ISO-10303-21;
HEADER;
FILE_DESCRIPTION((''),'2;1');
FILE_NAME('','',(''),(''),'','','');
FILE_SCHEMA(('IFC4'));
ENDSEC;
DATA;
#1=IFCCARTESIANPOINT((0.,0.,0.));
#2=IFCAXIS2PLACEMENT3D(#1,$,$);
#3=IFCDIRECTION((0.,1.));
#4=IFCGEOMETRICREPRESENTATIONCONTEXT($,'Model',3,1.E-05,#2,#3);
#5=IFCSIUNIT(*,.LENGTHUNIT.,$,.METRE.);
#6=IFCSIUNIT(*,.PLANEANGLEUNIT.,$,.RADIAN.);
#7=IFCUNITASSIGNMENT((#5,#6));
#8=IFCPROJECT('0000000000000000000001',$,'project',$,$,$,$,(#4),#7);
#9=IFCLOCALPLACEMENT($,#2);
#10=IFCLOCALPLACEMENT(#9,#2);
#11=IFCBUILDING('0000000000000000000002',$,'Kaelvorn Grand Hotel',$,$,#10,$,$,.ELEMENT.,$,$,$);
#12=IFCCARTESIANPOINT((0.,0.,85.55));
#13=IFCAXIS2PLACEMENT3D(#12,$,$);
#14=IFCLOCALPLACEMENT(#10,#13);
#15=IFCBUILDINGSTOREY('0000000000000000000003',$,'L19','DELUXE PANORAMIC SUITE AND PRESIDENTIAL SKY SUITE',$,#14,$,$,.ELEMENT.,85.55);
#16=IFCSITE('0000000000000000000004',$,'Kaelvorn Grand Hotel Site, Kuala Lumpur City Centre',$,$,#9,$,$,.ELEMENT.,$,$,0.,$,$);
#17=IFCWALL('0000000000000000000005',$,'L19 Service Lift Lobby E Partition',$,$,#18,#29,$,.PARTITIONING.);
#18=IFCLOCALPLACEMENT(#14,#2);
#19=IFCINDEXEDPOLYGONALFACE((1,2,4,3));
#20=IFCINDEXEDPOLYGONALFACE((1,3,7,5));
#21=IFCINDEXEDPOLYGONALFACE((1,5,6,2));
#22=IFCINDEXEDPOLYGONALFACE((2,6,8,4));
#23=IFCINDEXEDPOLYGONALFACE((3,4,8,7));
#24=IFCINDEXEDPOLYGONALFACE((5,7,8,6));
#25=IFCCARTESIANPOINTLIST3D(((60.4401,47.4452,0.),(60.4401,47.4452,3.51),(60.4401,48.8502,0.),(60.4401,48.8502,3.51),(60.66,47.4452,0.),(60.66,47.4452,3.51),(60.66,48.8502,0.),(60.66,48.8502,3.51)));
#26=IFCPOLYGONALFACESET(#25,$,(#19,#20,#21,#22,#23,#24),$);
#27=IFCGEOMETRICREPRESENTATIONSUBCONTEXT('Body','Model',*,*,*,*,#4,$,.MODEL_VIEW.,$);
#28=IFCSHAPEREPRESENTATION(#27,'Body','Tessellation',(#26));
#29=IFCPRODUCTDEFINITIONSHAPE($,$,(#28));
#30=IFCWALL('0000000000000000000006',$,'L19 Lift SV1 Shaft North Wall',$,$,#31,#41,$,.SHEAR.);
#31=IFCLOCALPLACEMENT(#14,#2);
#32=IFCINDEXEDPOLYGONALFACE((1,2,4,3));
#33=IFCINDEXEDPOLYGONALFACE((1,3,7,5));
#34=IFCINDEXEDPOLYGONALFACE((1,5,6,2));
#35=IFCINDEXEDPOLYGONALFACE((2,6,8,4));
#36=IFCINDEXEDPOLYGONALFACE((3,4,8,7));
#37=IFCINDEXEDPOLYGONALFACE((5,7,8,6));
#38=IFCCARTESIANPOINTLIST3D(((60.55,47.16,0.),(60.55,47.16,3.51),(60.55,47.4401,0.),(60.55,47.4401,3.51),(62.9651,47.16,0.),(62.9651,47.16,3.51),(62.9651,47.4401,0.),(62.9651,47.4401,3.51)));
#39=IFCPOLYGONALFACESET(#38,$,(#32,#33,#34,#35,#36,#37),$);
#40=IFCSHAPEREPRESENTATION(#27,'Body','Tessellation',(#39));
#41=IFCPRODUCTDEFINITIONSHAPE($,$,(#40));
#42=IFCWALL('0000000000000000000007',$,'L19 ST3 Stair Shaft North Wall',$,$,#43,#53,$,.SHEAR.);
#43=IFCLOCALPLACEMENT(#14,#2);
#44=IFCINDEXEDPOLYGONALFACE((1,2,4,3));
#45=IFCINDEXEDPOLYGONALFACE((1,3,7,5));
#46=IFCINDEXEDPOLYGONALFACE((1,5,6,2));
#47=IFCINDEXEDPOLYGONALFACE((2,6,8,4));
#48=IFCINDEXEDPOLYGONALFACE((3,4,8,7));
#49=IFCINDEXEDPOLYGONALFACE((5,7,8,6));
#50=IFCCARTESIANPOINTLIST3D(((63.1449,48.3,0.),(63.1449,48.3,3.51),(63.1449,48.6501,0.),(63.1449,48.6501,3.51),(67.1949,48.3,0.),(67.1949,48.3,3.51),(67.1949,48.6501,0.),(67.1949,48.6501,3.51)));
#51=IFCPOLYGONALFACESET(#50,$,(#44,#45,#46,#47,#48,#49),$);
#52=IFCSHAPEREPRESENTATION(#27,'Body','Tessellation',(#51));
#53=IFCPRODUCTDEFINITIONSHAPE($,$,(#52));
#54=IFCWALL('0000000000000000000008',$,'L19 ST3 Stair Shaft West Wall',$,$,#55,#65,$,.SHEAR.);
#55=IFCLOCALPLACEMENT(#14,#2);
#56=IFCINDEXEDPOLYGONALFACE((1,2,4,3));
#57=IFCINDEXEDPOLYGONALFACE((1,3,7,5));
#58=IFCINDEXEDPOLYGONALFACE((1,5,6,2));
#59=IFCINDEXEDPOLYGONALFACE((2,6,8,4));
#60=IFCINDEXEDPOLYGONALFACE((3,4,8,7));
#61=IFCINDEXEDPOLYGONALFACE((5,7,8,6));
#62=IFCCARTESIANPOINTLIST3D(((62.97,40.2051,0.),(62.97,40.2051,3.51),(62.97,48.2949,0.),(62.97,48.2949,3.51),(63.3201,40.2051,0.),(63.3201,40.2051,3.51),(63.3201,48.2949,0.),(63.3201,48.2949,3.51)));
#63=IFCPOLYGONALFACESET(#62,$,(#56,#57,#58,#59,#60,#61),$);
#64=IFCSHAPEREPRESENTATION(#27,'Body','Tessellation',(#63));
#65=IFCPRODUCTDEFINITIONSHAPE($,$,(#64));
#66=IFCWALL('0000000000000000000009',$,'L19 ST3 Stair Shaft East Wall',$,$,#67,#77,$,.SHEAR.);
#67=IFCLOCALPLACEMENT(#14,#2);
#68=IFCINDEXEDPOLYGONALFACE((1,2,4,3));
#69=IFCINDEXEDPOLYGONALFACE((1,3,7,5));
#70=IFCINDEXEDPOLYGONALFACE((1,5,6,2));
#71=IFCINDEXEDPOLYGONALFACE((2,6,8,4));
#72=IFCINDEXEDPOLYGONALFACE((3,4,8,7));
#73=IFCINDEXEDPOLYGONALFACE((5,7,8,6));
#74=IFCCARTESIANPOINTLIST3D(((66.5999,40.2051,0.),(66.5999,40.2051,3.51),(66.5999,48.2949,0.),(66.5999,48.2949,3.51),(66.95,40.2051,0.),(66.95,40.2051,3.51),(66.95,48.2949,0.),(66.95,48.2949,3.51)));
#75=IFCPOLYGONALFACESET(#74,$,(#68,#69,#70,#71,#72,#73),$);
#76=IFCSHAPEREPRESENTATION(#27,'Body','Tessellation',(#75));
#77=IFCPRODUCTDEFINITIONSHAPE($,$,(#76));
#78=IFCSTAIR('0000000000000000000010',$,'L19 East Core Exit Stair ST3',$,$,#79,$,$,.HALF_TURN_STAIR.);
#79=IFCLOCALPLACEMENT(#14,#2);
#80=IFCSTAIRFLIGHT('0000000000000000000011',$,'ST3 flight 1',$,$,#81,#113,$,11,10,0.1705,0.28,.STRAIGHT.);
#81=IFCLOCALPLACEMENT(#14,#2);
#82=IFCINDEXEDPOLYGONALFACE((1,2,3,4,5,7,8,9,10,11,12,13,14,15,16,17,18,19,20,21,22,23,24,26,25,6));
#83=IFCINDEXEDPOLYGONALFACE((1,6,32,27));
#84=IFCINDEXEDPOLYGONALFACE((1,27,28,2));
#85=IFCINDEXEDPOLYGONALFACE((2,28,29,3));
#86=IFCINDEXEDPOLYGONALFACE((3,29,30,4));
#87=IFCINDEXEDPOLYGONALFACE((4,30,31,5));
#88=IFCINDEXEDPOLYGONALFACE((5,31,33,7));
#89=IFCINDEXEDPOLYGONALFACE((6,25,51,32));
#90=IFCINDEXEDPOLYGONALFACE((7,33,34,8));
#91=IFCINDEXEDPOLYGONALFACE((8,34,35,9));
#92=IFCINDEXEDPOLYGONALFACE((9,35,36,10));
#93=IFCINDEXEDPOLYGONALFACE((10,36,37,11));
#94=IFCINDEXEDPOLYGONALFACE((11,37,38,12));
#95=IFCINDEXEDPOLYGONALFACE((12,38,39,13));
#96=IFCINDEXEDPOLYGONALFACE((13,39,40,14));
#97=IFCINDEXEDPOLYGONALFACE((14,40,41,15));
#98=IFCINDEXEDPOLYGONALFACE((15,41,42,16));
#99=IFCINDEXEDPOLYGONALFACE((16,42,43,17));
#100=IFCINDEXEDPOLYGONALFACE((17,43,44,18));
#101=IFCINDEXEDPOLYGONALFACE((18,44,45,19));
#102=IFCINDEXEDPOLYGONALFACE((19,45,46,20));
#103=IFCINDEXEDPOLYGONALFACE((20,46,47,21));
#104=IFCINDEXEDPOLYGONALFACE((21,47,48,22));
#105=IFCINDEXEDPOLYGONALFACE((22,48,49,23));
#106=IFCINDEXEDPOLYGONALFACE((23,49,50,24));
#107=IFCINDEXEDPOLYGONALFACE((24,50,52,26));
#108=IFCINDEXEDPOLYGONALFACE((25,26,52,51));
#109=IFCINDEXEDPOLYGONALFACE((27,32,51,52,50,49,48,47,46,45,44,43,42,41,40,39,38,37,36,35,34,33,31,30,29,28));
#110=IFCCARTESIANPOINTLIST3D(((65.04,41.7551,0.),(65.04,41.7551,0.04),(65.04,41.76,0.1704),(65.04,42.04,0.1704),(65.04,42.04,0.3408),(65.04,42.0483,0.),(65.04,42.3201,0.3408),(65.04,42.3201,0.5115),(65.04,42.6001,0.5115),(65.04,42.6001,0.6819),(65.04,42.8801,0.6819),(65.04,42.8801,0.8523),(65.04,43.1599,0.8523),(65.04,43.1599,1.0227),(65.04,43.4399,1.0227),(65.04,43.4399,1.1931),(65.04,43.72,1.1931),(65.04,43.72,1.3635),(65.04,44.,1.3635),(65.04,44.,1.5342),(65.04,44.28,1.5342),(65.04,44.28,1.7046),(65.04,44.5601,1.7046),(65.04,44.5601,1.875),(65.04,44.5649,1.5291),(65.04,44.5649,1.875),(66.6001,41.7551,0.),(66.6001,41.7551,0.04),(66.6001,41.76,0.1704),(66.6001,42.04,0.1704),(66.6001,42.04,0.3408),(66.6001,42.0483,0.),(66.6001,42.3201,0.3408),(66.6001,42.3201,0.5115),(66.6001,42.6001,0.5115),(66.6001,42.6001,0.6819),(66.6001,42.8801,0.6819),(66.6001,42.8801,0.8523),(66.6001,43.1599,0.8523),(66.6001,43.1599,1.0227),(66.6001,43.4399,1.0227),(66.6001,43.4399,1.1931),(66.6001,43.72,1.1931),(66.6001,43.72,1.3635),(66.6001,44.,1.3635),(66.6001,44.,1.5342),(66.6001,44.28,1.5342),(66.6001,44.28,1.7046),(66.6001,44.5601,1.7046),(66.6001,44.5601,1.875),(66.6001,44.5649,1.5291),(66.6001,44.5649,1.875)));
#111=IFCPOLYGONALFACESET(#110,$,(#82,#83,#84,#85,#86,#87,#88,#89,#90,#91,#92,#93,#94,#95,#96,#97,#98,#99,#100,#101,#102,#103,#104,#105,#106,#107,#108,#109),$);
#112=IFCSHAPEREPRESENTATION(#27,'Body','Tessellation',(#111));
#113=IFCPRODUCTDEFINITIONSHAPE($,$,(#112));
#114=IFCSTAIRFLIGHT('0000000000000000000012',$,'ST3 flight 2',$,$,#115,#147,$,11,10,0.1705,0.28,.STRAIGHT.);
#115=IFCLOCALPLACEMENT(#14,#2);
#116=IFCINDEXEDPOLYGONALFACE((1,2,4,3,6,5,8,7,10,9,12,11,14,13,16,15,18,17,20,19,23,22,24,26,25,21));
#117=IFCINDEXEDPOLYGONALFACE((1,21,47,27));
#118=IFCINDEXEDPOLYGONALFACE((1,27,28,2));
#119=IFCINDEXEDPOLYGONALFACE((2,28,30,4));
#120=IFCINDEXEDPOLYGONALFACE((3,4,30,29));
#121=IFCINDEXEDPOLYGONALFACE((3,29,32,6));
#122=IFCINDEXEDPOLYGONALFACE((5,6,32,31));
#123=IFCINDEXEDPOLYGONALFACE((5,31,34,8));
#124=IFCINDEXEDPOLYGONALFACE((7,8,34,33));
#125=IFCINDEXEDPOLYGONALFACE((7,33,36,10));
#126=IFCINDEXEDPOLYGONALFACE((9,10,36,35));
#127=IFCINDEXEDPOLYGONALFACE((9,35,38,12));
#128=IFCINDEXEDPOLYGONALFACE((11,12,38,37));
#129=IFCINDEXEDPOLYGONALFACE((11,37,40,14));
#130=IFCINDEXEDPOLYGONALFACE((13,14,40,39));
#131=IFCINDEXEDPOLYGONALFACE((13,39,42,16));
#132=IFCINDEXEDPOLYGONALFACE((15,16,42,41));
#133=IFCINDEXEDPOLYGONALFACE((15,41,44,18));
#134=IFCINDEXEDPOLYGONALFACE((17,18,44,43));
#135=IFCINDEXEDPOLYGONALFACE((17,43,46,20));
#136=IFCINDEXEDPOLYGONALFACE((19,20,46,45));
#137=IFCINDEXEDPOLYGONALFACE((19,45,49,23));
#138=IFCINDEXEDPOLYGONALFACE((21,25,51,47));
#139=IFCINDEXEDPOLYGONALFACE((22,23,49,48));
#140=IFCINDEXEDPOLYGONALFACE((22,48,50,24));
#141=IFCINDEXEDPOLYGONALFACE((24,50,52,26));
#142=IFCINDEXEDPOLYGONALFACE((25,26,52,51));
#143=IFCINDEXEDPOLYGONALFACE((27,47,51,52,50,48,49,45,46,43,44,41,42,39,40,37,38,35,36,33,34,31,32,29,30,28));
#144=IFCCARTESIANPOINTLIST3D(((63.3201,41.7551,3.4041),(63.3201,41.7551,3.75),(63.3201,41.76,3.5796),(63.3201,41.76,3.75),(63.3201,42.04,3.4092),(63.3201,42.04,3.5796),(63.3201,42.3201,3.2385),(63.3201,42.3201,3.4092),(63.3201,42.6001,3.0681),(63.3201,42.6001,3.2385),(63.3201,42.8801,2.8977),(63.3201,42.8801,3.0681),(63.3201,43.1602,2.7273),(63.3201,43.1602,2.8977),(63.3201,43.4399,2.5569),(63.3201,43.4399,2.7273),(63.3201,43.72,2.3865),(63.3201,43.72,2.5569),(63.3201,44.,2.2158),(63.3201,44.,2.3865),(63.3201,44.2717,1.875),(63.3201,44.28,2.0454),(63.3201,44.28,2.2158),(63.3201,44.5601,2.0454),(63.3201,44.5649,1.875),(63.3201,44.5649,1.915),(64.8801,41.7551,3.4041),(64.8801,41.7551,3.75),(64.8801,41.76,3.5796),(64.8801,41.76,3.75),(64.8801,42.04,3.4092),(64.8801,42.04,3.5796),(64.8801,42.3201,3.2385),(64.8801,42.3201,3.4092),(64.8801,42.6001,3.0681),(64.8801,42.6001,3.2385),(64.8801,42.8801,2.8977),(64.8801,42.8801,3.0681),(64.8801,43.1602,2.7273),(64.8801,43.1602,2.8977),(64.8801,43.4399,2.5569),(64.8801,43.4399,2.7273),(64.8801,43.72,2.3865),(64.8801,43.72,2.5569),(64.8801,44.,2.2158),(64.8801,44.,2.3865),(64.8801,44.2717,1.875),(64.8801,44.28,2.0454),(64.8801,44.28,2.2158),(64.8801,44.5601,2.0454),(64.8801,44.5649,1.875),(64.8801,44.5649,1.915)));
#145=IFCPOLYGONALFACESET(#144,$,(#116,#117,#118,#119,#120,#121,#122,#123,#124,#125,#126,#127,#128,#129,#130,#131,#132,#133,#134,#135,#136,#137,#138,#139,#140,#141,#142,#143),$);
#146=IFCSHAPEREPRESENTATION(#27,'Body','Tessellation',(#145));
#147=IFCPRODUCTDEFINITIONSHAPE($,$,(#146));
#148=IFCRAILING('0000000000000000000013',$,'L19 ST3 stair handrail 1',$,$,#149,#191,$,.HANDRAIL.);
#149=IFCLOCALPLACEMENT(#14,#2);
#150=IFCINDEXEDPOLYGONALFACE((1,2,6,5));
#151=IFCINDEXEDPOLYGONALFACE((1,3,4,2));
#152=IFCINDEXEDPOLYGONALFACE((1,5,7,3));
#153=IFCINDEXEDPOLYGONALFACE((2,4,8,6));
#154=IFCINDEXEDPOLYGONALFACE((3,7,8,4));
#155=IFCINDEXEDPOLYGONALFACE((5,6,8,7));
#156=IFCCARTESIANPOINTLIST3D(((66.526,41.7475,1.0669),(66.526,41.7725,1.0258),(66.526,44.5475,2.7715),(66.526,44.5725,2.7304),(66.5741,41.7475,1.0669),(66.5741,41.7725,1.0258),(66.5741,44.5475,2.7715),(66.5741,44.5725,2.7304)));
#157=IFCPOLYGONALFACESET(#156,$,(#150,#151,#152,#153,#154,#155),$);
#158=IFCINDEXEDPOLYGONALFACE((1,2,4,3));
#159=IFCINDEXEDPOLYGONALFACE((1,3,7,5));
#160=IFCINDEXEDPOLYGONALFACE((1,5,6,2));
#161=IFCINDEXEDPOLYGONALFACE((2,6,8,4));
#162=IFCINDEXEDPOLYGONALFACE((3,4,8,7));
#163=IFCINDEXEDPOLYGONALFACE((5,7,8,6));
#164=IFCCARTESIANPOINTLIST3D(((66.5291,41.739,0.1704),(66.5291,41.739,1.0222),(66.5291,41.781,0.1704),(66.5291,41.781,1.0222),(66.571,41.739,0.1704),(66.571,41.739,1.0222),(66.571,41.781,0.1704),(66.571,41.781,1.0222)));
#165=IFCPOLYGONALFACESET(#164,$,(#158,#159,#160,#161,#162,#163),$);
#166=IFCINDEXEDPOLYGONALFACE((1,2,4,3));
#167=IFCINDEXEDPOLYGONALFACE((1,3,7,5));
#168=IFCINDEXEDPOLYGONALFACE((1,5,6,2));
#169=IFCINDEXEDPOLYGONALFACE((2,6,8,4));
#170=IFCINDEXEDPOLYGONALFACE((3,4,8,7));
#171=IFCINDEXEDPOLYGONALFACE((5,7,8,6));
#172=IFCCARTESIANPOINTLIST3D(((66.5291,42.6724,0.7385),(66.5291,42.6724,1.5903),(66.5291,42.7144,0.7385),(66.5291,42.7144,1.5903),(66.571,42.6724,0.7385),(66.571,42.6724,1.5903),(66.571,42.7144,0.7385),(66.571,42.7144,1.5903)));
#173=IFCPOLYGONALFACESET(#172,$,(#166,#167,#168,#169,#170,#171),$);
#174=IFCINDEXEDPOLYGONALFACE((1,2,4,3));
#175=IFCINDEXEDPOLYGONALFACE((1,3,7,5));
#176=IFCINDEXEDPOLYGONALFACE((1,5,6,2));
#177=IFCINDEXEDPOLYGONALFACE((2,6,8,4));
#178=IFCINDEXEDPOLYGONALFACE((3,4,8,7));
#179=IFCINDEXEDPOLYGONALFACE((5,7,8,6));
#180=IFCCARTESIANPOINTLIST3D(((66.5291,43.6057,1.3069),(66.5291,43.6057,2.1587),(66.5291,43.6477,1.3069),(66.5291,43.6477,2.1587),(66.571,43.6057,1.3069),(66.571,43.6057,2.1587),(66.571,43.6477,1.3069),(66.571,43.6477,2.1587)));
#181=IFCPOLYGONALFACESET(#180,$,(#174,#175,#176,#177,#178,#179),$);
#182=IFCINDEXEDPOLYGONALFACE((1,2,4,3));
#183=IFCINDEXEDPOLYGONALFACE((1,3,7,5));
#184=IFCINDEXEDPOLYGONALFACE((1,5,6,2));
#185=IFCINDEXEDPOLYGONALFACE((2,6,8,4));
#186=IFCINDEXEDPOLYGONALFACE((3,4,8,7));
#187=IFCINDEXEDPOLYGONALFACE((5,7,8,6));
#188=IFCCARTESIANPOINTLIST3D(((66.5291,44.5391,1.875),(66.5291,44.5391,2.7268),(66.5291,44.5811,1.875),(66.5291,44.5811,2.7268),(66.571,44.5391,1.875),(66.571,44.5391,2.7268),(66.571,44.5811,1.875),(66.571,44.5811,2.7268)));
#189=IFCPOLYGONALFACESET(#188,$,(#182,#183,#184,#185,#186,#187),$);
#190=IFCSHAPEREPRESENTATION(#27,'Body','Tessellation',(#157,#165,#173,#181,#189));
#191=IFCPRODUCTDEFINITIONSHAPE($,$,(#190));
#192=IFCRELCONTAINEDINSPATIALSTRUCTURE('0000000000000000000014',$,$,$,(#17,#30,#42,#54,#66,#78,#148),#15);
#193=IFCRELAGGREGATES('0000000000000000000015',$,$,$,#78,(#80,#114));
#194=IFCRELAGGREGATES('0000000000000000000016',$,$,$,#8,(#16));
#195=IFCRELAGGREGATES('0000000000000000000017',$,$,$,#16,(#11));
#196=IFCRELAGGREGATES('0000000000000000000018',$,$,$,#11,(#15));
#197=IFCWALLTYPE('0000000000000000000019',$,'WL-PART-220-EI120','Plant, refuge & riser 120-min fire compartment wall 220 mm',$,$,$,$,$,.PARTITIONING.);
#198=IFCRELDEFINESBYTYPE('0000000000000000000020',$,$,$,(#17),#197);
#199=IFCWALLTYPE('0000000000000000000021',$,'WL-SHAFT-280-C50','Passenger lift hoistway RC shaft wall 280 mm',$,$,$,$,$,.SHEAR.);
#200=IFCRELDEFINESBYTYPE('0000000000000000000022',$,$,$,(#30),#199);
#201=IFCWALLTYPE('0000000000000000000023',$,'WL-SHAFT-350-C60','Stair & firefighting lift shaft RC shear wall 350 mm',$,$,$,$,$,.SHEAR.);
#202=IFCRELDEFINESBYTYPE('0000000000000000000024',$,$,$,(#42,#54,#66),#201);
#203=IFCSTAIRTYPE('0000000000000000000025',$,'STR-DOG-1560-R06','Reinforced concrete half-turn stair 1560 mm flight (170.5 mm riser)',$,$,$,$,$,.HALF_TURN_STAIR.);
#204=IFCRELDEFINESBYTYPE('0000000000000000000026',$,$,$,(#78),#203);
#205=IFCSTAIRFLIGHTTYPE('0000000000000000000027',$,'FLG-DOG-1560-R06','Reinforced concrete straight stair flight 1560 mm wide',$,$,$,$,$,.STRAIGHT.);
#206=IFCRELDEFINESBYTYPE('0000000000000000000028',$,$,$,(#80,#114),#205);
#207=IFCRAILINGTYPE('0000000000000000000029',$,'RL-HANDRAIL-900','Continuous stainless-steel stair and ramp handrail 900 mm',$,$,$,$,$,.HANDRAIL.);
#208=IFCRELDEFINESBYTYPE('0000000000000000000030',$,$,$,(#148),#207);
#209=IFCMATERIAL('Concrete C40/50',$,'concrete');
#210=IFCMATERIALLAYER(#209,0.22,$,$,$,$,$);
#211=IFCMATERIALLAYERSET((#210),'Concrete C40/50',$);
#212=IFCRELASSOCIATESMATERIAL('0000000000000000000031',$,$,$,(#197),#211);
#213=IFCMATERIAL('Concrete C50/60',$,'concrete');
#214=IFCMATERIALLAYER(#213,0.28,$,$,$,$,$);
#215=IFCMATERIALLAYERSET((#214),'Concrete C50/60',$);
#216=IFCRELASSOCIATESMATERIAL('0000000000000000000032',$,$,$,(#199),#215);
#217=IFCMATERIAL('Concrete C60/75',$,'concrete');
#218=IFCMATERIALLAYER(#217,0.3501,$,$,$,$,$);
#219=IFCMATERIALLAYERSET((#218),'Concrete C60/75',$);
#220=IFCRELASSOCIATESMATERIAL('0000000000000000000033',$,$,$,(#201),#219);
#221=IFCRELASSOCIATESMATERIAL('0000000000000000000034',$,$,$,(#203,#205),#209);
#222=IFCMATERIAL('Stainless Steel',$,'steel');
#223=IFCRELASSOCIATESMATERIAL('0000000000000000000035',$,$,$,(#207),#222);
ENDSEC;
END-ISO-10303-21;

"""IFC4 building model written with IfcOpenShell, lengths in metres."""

from ifc_helpers import new_model, si_unit, direction, frame, frame_2d, origin, origin_2d, place, context, subcontext, project, spatial, polyline, rectangle, outline, extrude, material, layer, layer_set, type_object, element, aggregate, save


model = new_model("IFC4")

# Units and contexts
model_context = context("Model", 3, precision=1e-05, world=origin(), true_north=direction((0.0, 1.0)))
body_context = subcontext(model_context, "Body", "Model", "MODEL_VIEW")
ifc_project = project(units=[si_unit("LENGTHUNIT", "METRE"), si_unit("PLANEANGLEUNIT", "RADIAN")], contexts=[model_context])

# Site, building, storey
site_placement = place(None, origin())
site = spatial("IfcSite", under=ifc_project, at=site_placement, Name="Kaelvorn Grand Hotel Site, Kuala Lumpur City Centre", CompositionType="ELEMENT", RefElevation=0.0)
building_placement = place(site_placement, origin())
building = spatial("IfcBuilding", under=site, at=building_placement, Name="Kaelvorn Grand Hotel", CompositionType="ELEMENT")
storey_placement = place(building_placement, frame((0.0, 0.0, 85.55)))
storey = spatial("IfcBuildingStorey", under=building, at=storey_placement, Name="L19", Description="DELUXE PANORAMIC SUITE AND PRESIDENTIAL SKY SUITE", CompositionType="ELEMENT", Elevation=85.55)

# Shared definitions
ifc_material_1 = material(Name="Concrete C60/75", Category="concrete")

# Walls
ifc_material_2 = material(Name="Concrete C40/50", Category="concrete")
ifc_layer_1 = layer(ifc_material_2, 0.22)
ifc_layer_set_1 = layer_set([ifc_layer_1], Name="Concrete C40/50")
wall_type_1 = type_object("IfcWallType", Name="WL-PART-220-EI120", Description="Plant, refuge & riser 120-min fire compartment wall 220 mm", PredefinedType="PARTITIONING", material=ifc_layer_set_1)
wall_1_placement = place(storey_placement, frame((60.55, 47.4451, 0.0), z_axis=(0.0, 0.0, 1.0), x_axis=(0.0, 1.0, 0.0)))
element("IfcWall", 1, at=wall_1_placement, inside=storey, type_object=wall_type_1, Name="L19 Service Lift Lobby E Partition", PredefinedType="PARTITIONING", context=body_context, shape_type="SweptSolid", body=[
    extrude(rectangle(XDim=1.405, YDim=0.22, at=frame_2d((0.7026, 0.0))), origin(), (0.0, 0.0, 1.0), 3.51),
])
ifc_material_3 = material(Name="Concrete C50/60", Category="concrete")
ifc_layer_2 = layer(ifc_material_3, 0.28)
ifc_layer_set_2 = layer_set([ifc_layer_2], Name="Concrete C50/60")
wall_type_2 = type_object("IfcWallType", Name="WL-SHAFT-280-C50", Description="Passenger lift hoistway RC shaft wall 280 mm", PredefinedType="SHEAR", material=ifc_layer_set_2)
wall_2_placement = place(storey_placement, frame((60.55, 47.3, 0.0), z_axis=(0.0, 0.0, 1.0), x_axis=(1.0, 0.0, 0.0)))
element("IfcWall", 2, at=wall_2_placement, inside=storey, type_object=wall_type_2, Name="L19 Lift SV1 Shaft North Wall", PredefinedType="SHEAR", context=body_context, shape_type="SweptSolid", body=[
    extrude(rectangle(XDim=2.415, YDim=0.28, at=frame_2d((1.2075, 0.0))), origin(), (0.0, 0.0, 1.0), 3.51),
])

# Shared definitions
ifc_layer_3 = layer(ifc_material_1, 0.3501)
ifc_layer_set_3 = layer_set([ifc_layer_3], Name="Concrete C60/75")
wall_type_3 = type_object("IfcWallType", Name="WL-SHAFT-350-C60", Description="Stair & firefighting lift shaft RC shear wall 350 mm", PredefinedType="SHEAR", material=ifc_layer_set_3)

# Walls
wall_3_placement = place(storey_placement, frame((63.145, 48.4751, 0.0), z_axis=(0.0, 0.0, 1.0), x_axis=(1.0, 0.0, 0.0)))
element("IfcWall", 3, at=wall_3_placement, inside=storey, type_object=wall_type_3, Name="L19 ST3 Stair Shaft North Wall", PredefinedType="SHEAR", context=body_context, shape_type="SweptSolid", body=[
    extrude(rectangle(XDim=4.05, YDim=0.3501, at=frame_2d((2.0249, 0.0))), origin(), (0.0, 0.0, 1.0), 3.51),
])
for number, where, z_axis, x_axis, name in (
    (4, (63.145, 40.2051, 0.0), (0.0, 0.0, 1.0), (0.0, 1.0, 0.0), "L19 ST3 Stair Shaft West Wall"),
    (5, (66.7749, 40.2051, 0.0), (0.0, 0.0, 1.0), (0.0, 1.0, 0.0), "L19 ST3 Stair Shaft East Wall"),
):
    element("IfcWall", number, at=place(storey_placement, frame(where, z_axis=z_axis, x_axis=x_axis)), inside=storey, type_object=wall_type_3, Name=name, PredefinedType="SHEAR", context=body_context, shape_type="SweptSolid", body=[
        extrude(rectangle(XDim=8.0898, YDim=0.3501, at=frame_2d((4.0449, 0.0))), origin(), (0.0, 0.0, 1.0), 3.51),
    ])

# Stair, stair flights
stair_type = type_object("IfcStairType", Name="STR-DOG-1560-R06", Description="Reinforced concrete half-turn stair 1560 mm flight (170.5 mm riser)", PredefinedType="HALF_TURN_STAIR", material=ifc_material_2)
stair_placement = place(storey_placement, origin())
stair = element("IfcStair", 6, at=stair_placement, inside=storey, type_object=stair_type, Name="L19 East Core Exit Stair ST3", PredefinedType="HALF_TURN_STAIR")
stair_flight_type = type_object("IfcStairFlightType", Name="FLG-DOG-1560-R06", Description="Reinforced concrete straight stair flight 1560 mm wide", PredefinedType="STRAIGHT", material=ifc_material_2)
stair_flight_1_placement = place(storey_placement, frame((65.8201, 41.76, 0.0), z_axis=(0.0, 0.0, 1.0), x_axis=(0.0, 1.0, 0.0)))
stair_flight_1 = element("IfcStairFlight", 7, at=stair_flight_1_placement, type_object=stair_flight_type, Name="ST3 flight 1", NumberOfRisers=11, NumberOfTreads=10, PredefinedType="STRAIGHT", RiserHeight=0.1705, TreadLength=0.28, context=body_context, shape_type="SweptSolid", body=[
    extrude(outline(polyline([(-0.0049, 0.0), (-0.0049, 0.04), (0.0, 0.1704), (0.28, 0.1704), (0.28, 0.3408), (0.5601, 0.3408), (0.5601, 0.5115), (0.8401, 0.5115), (0.8401, 0.6819), (1.1201, 0.6819), (1.1201, 0.8523), (1.3999, 0.8523), (1.3999, 1.0227), (1.6799, 1.0227), (1.6799, 1.1931), (1.96, 1.1931), (1.96, 1.3635), (2.24, 1.3635), (2.24, 1.5342), (2.52, 1.5342), (2.52, 1.7046), (2.8, 1.7046), (2.8, 1.875), (2.8049, 1.875), (2.8049, 1.5291), (0.2883, 0.0), (-0.0049, 0.0)])), frame((0.0, 0.78, 0.0), z_axis=(0.0, -1.0, 0.0), x_axis=(1.0, 0.0, 0.0)), (0.0, 0.0, 1.0), 1.5601),
])
stair_flight_2_placement = place(storey_placement, frame((64.1001, 44.5601, 1.875), z_axis=(0.0, 0.0, 1.0), x_axis=(0.0, -1.0, 0.0)))
stair_flight_2 = element("IfcStairFlight", 8, at=stair_flight_2_placement, type_object=stair_flight_type, Name="ST3 flight 2", NumberOfRisers=11, NumberOfTreads=10, PredefinedType="STRAIGHT", RiserHeight=0.1705, TreadLength=0.28, context=body_context, shape_type="SweptSolid", body=[
    extrude(outline(polyline([(-0.0049, 0.0), (-0.0049, 0.04), (0.0, 0.1704), (0.28, 0.1704), (0.28, 0.3408), (0.5601, 0.3408), (0.5601, 0.5115), (0.8401, 0.5115), (0.8401, 0.6819), (1.1201, 0.6819), (1.1201, 0.8523), (1.3999, 0.8523), (1.3999, 1.0227), (1.6799, 1.0227), (1.6799, 1.1931), (1.96, 1.1931), (1.96, 1.3635), (2.24, 1.3635), (2.24, 1.5342), (2.52, 1.5342), (2.52, 1.7046), (2.8, 1.7046), (2.8, 1.875), (2.8049, 1.875), (2.8049, 1.5291), (0.2883, 0.0), (-0.0049, 0.0)])), frame((0.0, 0.78, 0.0), z_axis=(0.0, -1.0, 0.0), x_axis=(1.0, 0.0, 0.0)), (0.0, 0.0, 1.0), 1.5601),
])
aggregate(stair, [stair_flight_1, stair_flight_2])

# Railing
ifc_material_4 = material(Name="Stainless Steel", Category="steel")
railing_type_1 = type_object("IfcRailingType", Name="RL-HANDRAIL-900", Description="Continuous stainless-steel stair and ramp handrail 900 mm", PredefinedType="HANDRAIL", material=ifc_material_4)
railing_1_placement = place(storey_placement, frame((66.55, 41.76, 0.1704)))
element("IfcRailing", 9, at=railing_1_placement, inside=storey, type_object=railing_type_1, Name="L19 ST3 stair handrail 1", PredefinedType="HANDRAIL", context=body_context, shape_type="SweptSolid", body=[
    extrude(rectangle(XDim=0.0481, YDim=0.0481, at=origin_2d()), frame((0.0, 0.0, 0.876), z_axis=(0.0, 0.85417, 0.519994), x_axis=(-1.0, 0.0, 0.0)), (0.0, 0.0, 1.0), 3.2781),
    extrude(rectangle(XDim=0.042, YDim=0.042, at=origin_2d()), origin(), (0.0, 0.0, 1.0), 0.8518),
    extrude(rectangle(XDim=0.042, YDim=0.042, at=origin_2d()), frame((0.0, 0.9333, 0.5681)), (0.0, 0.0, 1.0), 0.8518),
    extrude(rectangle(XDim=0.042, YDim=0.042, at=origin_2d()), frame((0.0, 1.8667, 1.1365)), (0.0, 0.0, 1.0), 0.8518),
    extrude(rectangle(XDim=0.042, YDim=0.042, at=origin_2d()), frame((0.0, 2.8, 1.7046)), (0.0, 0.0, 1.0), 0.8518),
])

save(model, "model.ifc")
